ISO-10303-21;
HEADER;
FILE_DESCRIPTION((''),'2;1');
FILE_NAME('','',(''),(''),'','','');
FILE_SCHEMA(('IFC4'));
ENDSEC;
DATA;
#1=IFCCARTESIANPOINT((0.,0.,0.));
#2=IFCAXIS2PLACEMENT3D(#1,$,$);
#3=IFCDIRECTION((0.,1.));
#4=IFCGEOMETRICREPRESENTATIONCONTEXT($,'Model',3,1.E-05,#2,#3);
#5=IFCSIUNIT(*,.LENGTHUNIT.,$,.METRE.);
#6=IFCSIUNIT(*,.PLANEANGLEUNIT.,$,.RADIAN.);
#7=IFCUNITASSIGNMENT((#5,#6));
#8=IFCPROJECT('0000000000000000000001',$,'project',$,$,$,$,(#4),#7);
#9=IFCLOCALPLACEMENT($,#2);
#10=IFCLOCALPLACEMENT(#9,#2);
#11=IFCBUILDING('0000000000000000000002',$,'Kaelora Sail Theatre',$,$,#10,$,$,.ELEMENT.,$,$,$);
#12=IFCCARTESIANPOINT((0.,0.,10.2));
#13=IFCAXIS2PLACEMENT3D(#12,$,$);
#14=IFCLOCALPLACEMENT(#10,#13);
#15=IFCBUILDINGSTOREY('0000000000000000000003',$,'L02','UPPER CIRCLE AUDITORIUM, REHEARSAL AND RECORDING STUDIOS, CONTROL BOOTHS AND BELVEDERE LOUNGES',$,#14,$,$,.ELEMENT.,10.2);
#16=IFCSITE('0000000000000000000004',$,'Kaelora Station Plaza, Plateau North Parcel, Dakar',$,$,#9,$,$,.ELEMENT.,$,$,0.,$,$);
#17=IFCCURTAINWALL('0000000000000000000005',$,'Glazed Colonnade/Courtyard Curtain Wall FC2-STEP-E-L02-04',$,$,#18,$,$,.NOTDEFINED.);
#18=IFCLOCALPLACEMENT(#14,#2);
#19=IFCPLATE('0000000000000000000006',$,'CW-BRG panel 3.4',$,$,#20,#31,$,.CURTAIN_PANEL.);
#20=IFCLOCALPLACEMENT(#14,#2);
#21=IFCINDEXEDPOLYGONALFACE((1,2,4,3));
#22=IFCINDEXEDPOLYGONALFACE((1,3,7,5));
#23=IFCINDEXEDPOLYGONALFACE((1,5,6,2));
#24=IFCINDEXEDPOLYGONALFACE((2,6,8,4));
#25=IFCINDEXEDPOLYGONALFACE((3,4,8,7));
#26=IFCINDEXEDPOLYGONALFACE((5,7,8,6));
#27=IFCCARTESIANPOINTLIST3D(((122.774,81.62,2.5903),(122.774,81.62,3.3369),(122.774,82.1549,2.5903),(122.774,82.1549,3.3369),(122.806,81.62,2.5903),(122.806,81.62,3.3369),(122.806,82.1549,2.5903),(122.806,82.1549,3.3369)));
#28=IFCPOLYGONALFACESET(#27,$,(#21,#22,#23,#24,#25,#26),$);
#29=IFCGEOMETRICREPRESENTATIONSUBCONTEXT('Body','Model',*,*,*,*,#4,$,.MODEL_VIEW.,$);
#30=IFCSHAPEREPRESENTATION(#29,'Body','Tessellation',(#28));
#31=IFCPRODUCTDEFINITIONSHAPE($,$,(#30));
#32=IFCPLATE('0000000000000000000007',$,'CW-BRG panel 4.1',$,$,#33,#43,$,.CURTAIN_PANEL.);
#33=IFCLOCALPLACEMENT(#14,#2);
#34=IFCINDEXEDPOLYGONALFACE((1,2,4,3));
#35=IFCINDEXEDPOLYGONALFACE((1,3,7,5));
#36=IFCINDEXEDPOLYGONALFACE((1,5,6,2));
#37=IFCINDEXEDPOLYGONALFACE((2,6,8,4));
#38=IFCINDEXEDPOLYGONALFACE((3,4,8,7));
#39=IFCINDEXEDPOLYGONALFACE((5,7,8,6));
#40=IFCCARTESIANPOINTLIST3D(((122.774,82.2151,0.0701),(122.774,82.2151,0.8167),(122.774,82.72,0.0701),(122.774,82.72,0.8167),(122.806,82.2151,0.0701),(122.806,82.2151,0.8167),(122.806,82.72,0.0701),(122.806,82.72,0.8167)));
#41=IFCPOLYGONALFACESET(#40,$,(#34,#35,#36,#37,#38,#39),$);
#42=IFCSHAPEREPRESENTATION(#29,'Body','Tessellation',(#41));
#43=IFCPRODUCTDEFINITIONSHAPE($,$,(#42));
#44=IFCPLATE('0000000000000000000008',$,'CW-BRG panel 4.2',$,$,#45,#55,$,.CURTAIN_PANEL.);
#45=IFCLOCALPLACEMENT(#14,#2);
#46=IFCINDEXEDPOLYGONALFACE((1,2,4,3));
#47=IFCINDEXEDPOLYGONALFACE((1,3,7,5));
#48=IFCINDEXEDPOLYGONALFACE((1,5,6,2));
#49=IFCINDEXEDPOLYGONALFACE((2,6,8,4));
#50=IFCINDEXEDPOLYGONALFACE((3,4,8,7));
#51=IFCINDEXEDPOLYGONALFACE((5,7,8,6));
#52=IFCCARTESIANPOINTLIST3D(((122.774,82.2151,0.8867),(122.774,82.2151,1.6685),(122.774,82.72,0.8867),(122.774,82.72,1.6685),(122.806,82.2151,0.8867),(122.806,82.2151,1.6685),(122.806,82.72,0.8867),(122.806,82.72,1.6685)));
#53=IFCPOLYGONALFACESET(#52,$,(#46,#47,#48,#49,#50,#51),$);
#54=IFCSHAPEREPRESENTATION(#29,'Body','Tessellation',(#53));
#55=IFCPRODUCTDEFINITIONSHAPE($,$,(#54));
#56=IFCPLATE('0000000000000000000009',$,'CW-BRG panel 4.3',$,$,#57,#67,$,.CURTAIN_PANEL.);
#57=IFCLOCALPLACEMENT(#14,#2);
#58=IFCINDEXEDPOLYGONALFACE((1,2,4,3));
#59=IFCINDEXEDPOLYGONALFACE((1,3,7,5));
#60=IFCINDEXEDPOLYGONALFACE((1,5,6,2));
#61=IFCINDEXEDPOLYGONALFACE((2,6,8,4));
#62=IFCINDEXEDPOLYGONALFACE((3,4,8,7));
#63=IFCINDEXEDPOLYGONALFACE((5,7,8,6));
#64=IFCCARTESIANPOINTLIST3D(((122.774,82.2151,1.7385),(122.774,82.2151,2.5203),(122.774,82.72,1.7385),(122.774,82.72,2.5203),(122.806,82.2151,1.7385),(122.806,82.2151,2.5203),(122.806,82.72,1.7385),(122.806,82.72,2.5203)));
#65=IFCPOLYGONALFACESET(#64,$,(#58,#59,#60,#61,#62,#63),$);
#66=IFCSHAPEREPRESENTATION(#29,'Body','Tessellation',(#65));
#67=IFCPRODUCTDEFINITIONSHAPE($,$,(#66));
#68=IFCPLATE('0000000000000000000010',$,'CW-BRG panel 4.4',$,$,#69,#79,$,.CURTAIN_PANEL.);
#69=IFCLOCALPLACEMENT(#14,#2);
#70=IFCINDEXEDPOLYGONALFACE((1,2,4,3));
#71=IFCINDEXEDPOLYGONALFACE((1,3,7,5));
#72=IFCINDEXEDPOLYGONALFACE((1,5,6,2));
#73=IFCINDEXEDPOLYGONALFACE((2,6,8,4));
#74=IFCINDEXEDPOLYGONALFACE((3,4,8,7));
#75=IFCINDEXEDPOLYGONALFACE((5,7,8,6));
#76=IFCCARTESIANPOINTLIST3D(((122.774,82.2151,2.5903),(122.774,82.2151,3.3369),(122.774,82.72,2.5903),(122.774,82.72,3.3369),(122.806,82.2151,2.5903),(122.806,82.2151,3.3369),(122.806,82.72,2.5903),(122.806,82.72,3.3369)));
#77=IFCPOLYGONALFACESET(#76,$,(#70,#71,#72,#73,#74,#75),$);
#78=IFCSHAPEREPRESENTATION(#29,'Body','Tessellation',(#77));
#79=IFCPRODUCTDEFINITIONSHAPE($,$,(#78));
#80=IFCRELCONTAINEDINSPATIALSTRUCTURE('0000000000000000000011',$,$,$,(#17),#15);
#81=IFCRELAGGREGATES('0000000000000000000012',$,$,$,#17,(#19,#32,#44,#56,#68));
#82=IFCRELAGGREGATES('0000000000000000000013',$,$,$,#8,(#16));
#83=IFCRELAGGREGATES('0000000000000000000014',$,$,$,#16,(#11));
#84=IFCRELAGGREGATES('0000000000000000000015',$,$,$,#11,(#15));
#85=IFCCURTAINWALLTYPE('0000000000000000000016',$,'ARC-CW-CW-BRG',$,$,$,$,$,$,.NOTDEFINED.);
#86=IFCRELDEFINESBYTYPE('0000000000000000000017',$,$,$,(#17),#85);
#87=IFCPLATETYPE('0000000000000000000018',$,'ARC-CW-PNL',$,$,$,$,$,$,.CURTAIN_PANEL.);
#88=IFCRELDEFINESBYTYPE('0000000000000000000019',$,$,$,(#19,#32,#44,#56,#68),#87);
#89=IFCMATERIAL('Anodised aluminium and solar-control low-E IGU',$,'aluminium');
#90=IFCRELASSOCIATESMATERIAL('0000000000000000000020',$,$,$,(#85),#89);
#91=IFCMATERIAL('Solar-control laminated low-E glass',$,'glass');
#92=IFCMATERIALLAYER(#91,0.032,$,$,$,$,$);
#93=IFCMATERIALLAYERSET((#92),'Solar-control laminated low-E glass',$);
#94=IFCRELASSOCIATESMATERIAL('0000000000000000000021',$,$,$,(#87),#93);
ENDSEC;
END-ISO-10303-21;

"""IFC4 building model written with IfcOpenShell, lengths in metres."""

from ifc_helpers import new_model, si_unit, direction, frame, origin, origin_2d, place, context, subcontext, project, spatial, rectangle, extrude, material, layer, layer_set, type_object, element, aggregate, save


model = new_model("IFC4")

# Units and contexts
model_context = context("Model", 3, precision=1e-05, world=origin(), true_north=direction((0.0, 1.0)))
body_context = subcontext(model_context, "Body", "Model", "MODEL_VIEW")
ifc_project = project(units=[si_unit("LENGTHUNIT", "METRE"), si_unit("PLANEANGLEUNIT", "RADIAN")], contexts=[model_context])

# Site, building, storey
site_placement = place(None, origin())
site = spatial("IfcSite", under=ifc_project, at=site_placement, Name="Kaelora Station Plaza, Plateau North Parcel, Dakar", CompositionType="ELEMENT", RefElevation=0.0)
building_placement = place(site_placement, origin())
building = spatial("IfcBuilding", under=site, at=building_placement, Name="Kaelora Sail Theatre", CompositionType="ELEMENT")
storey_placement = place(building_placement, frame((0.0, 0.0, 10.2)))
storey = spatial("IfcBuildingStorey", under=building, at=storey_placement, Name="L02", Description="UPPER CIRCLE AUDITORIUM, REHEARSAL AND RECORDING STUDIOS, CONTROL BOOTHS AND BELVEDERE LOUNGES", CompositionType="ELEMENT", Elevation=10.2)

# Curtain wall
ifc_material_1 = material(Name="Anodised aluminium and solar-control low-E IGU", Category="aluminium")
curtain_wall_type = type_object("IfcCurtainWallType", Name="ARC-CW-CW-BRG", PredefinedType="NOTDEFINED", material=ifc_material_1)
curtain_wall_placement = place(storey_placement, origin())
curtain_wall = element("IfcCurtainWall", 1, at=curtain_wall_placement, inside=storey, type_object=curtain_wall_type, Name="Glazed Colonnade/Courtyard Curtain Wall FC2-STEP-E-L02-04", PredefinedType="NOTDEFINED")

# Plates
ifc_material_2 = material(Name="Solar-control laminated low-E glass", Category="glass")
ifc_layer = layer(ifc_material_2, 0.032)
ifc_layer_set = layer_set([ifc_layer], Name="Solar-control laminated low-E glass")
plate_type = type_object("IfcPlateType", Name="ARC-CW-PNL", PredefinedType="CURTAIN_PANEL", material=ifc_layer_set)
plate_1_placement = place(storey_placement, frame((122.79, 81.8875, 2.5903), z_axis=(0.0, 0.0, 1.0), x_axis=(0.0, 1.0, 0.0)))
plate_1 = element("IfcPlate", 2, at=plate_1_placement, type_object=plate_type, Name="CW-BRG panel 3.4", PredefinedType="CURTAIN_PANEL", context=body_context, shape_type="SweptSolid", body=[
    extrude(rectangle(XDim=0.5349, YDim=0.032, at=origin_2d()), origin(), (0.0, 0.0, 1.0), 0.7466),
])
plate_2_placement = place(storey_placement, frame((122.79, 82.4675, 0.0701), z_axis=(0.0, 0.0, 1.0), x_axis=(0.0, 1.0, 0.0)))
plate_2 = element("IfcPlate", 3, at=plate_2_placement, type_object=plate_type, Name="CW-BRG panel 4.1", PredefinedType="CURTAIN_PANEL", context=body_context, shape_type="SweptSolid", body=[
    extrude(rectangle(XDim=0.5049, YDim=0.032, at=origin_2d()), origin(), (0.0, 0.0, 1.0), 0.7466),
])
plate_3_placement = place(storey_placement, frame((122.79, 82.4675, 0.8867), z_axis=(0.0, 0.0, 1.0), x_axis=(0.0, 1.0, 0.0)))
plate_3 = element("IfcPlate", 4, at=plate_3_placement, type_object=plate_type, Name="CW-BRG panel 4.2", PredefinedType="CURTAIN_PANEL", context=body_context, shape_type="SweptSolid", body=[
    extrude(rectangle(XDim=0.5049, YDim=0.032, at=origin_2d()), origin(), (0.0, 0.0, 1.0), 0.7817),
])
plate_4_placement = place(storey_placement, frame((122.79, 82.4675, 1.7385), z_axis=(0.0, 0.0, 1.0), x_axis=(0.0, 1.0, 0.0)))
plate_4 = element("IfcPlate", 5, at=plate_4_placement, type_object=plate_type, Name="CW-BRG panel 4.3", PredefinedType="CURTAIN_PANEL", context=body_context, shape_type="SweptSolid", body=[
    extrude(rectangle(XDim=0.5049, YDim=0.032, at=origin_2d()), origin(), (0.0, 0.0, 1.0), 0.7817),
])
plate_5_placement = place(storey_placement, frame((122.79, 82.4675, 2.5903), z_axis=(0.0, 0.0, 1.0), x_axis=(0.0, 1.0, 0.0)))
plate_5 = element("IfcPlate", 6, at=plate_5_placement, type_object=plate_type, Name="CW-BRG panel 4.4", PredefinedType="CURTAIN_PANEL", context=body_context, shape_type="SweptSolid", body=[
    extrude(rectangle(XDim=0.5049, YDim=0.032, at=origin_2d()), origin(), (0.0, 0.0, 1.0), 0.7466),
])
aggregate(curtain_wall, [plate_1, plate_2, plate_3, plate_4, plate_5])

save(model, "model.ifc")
